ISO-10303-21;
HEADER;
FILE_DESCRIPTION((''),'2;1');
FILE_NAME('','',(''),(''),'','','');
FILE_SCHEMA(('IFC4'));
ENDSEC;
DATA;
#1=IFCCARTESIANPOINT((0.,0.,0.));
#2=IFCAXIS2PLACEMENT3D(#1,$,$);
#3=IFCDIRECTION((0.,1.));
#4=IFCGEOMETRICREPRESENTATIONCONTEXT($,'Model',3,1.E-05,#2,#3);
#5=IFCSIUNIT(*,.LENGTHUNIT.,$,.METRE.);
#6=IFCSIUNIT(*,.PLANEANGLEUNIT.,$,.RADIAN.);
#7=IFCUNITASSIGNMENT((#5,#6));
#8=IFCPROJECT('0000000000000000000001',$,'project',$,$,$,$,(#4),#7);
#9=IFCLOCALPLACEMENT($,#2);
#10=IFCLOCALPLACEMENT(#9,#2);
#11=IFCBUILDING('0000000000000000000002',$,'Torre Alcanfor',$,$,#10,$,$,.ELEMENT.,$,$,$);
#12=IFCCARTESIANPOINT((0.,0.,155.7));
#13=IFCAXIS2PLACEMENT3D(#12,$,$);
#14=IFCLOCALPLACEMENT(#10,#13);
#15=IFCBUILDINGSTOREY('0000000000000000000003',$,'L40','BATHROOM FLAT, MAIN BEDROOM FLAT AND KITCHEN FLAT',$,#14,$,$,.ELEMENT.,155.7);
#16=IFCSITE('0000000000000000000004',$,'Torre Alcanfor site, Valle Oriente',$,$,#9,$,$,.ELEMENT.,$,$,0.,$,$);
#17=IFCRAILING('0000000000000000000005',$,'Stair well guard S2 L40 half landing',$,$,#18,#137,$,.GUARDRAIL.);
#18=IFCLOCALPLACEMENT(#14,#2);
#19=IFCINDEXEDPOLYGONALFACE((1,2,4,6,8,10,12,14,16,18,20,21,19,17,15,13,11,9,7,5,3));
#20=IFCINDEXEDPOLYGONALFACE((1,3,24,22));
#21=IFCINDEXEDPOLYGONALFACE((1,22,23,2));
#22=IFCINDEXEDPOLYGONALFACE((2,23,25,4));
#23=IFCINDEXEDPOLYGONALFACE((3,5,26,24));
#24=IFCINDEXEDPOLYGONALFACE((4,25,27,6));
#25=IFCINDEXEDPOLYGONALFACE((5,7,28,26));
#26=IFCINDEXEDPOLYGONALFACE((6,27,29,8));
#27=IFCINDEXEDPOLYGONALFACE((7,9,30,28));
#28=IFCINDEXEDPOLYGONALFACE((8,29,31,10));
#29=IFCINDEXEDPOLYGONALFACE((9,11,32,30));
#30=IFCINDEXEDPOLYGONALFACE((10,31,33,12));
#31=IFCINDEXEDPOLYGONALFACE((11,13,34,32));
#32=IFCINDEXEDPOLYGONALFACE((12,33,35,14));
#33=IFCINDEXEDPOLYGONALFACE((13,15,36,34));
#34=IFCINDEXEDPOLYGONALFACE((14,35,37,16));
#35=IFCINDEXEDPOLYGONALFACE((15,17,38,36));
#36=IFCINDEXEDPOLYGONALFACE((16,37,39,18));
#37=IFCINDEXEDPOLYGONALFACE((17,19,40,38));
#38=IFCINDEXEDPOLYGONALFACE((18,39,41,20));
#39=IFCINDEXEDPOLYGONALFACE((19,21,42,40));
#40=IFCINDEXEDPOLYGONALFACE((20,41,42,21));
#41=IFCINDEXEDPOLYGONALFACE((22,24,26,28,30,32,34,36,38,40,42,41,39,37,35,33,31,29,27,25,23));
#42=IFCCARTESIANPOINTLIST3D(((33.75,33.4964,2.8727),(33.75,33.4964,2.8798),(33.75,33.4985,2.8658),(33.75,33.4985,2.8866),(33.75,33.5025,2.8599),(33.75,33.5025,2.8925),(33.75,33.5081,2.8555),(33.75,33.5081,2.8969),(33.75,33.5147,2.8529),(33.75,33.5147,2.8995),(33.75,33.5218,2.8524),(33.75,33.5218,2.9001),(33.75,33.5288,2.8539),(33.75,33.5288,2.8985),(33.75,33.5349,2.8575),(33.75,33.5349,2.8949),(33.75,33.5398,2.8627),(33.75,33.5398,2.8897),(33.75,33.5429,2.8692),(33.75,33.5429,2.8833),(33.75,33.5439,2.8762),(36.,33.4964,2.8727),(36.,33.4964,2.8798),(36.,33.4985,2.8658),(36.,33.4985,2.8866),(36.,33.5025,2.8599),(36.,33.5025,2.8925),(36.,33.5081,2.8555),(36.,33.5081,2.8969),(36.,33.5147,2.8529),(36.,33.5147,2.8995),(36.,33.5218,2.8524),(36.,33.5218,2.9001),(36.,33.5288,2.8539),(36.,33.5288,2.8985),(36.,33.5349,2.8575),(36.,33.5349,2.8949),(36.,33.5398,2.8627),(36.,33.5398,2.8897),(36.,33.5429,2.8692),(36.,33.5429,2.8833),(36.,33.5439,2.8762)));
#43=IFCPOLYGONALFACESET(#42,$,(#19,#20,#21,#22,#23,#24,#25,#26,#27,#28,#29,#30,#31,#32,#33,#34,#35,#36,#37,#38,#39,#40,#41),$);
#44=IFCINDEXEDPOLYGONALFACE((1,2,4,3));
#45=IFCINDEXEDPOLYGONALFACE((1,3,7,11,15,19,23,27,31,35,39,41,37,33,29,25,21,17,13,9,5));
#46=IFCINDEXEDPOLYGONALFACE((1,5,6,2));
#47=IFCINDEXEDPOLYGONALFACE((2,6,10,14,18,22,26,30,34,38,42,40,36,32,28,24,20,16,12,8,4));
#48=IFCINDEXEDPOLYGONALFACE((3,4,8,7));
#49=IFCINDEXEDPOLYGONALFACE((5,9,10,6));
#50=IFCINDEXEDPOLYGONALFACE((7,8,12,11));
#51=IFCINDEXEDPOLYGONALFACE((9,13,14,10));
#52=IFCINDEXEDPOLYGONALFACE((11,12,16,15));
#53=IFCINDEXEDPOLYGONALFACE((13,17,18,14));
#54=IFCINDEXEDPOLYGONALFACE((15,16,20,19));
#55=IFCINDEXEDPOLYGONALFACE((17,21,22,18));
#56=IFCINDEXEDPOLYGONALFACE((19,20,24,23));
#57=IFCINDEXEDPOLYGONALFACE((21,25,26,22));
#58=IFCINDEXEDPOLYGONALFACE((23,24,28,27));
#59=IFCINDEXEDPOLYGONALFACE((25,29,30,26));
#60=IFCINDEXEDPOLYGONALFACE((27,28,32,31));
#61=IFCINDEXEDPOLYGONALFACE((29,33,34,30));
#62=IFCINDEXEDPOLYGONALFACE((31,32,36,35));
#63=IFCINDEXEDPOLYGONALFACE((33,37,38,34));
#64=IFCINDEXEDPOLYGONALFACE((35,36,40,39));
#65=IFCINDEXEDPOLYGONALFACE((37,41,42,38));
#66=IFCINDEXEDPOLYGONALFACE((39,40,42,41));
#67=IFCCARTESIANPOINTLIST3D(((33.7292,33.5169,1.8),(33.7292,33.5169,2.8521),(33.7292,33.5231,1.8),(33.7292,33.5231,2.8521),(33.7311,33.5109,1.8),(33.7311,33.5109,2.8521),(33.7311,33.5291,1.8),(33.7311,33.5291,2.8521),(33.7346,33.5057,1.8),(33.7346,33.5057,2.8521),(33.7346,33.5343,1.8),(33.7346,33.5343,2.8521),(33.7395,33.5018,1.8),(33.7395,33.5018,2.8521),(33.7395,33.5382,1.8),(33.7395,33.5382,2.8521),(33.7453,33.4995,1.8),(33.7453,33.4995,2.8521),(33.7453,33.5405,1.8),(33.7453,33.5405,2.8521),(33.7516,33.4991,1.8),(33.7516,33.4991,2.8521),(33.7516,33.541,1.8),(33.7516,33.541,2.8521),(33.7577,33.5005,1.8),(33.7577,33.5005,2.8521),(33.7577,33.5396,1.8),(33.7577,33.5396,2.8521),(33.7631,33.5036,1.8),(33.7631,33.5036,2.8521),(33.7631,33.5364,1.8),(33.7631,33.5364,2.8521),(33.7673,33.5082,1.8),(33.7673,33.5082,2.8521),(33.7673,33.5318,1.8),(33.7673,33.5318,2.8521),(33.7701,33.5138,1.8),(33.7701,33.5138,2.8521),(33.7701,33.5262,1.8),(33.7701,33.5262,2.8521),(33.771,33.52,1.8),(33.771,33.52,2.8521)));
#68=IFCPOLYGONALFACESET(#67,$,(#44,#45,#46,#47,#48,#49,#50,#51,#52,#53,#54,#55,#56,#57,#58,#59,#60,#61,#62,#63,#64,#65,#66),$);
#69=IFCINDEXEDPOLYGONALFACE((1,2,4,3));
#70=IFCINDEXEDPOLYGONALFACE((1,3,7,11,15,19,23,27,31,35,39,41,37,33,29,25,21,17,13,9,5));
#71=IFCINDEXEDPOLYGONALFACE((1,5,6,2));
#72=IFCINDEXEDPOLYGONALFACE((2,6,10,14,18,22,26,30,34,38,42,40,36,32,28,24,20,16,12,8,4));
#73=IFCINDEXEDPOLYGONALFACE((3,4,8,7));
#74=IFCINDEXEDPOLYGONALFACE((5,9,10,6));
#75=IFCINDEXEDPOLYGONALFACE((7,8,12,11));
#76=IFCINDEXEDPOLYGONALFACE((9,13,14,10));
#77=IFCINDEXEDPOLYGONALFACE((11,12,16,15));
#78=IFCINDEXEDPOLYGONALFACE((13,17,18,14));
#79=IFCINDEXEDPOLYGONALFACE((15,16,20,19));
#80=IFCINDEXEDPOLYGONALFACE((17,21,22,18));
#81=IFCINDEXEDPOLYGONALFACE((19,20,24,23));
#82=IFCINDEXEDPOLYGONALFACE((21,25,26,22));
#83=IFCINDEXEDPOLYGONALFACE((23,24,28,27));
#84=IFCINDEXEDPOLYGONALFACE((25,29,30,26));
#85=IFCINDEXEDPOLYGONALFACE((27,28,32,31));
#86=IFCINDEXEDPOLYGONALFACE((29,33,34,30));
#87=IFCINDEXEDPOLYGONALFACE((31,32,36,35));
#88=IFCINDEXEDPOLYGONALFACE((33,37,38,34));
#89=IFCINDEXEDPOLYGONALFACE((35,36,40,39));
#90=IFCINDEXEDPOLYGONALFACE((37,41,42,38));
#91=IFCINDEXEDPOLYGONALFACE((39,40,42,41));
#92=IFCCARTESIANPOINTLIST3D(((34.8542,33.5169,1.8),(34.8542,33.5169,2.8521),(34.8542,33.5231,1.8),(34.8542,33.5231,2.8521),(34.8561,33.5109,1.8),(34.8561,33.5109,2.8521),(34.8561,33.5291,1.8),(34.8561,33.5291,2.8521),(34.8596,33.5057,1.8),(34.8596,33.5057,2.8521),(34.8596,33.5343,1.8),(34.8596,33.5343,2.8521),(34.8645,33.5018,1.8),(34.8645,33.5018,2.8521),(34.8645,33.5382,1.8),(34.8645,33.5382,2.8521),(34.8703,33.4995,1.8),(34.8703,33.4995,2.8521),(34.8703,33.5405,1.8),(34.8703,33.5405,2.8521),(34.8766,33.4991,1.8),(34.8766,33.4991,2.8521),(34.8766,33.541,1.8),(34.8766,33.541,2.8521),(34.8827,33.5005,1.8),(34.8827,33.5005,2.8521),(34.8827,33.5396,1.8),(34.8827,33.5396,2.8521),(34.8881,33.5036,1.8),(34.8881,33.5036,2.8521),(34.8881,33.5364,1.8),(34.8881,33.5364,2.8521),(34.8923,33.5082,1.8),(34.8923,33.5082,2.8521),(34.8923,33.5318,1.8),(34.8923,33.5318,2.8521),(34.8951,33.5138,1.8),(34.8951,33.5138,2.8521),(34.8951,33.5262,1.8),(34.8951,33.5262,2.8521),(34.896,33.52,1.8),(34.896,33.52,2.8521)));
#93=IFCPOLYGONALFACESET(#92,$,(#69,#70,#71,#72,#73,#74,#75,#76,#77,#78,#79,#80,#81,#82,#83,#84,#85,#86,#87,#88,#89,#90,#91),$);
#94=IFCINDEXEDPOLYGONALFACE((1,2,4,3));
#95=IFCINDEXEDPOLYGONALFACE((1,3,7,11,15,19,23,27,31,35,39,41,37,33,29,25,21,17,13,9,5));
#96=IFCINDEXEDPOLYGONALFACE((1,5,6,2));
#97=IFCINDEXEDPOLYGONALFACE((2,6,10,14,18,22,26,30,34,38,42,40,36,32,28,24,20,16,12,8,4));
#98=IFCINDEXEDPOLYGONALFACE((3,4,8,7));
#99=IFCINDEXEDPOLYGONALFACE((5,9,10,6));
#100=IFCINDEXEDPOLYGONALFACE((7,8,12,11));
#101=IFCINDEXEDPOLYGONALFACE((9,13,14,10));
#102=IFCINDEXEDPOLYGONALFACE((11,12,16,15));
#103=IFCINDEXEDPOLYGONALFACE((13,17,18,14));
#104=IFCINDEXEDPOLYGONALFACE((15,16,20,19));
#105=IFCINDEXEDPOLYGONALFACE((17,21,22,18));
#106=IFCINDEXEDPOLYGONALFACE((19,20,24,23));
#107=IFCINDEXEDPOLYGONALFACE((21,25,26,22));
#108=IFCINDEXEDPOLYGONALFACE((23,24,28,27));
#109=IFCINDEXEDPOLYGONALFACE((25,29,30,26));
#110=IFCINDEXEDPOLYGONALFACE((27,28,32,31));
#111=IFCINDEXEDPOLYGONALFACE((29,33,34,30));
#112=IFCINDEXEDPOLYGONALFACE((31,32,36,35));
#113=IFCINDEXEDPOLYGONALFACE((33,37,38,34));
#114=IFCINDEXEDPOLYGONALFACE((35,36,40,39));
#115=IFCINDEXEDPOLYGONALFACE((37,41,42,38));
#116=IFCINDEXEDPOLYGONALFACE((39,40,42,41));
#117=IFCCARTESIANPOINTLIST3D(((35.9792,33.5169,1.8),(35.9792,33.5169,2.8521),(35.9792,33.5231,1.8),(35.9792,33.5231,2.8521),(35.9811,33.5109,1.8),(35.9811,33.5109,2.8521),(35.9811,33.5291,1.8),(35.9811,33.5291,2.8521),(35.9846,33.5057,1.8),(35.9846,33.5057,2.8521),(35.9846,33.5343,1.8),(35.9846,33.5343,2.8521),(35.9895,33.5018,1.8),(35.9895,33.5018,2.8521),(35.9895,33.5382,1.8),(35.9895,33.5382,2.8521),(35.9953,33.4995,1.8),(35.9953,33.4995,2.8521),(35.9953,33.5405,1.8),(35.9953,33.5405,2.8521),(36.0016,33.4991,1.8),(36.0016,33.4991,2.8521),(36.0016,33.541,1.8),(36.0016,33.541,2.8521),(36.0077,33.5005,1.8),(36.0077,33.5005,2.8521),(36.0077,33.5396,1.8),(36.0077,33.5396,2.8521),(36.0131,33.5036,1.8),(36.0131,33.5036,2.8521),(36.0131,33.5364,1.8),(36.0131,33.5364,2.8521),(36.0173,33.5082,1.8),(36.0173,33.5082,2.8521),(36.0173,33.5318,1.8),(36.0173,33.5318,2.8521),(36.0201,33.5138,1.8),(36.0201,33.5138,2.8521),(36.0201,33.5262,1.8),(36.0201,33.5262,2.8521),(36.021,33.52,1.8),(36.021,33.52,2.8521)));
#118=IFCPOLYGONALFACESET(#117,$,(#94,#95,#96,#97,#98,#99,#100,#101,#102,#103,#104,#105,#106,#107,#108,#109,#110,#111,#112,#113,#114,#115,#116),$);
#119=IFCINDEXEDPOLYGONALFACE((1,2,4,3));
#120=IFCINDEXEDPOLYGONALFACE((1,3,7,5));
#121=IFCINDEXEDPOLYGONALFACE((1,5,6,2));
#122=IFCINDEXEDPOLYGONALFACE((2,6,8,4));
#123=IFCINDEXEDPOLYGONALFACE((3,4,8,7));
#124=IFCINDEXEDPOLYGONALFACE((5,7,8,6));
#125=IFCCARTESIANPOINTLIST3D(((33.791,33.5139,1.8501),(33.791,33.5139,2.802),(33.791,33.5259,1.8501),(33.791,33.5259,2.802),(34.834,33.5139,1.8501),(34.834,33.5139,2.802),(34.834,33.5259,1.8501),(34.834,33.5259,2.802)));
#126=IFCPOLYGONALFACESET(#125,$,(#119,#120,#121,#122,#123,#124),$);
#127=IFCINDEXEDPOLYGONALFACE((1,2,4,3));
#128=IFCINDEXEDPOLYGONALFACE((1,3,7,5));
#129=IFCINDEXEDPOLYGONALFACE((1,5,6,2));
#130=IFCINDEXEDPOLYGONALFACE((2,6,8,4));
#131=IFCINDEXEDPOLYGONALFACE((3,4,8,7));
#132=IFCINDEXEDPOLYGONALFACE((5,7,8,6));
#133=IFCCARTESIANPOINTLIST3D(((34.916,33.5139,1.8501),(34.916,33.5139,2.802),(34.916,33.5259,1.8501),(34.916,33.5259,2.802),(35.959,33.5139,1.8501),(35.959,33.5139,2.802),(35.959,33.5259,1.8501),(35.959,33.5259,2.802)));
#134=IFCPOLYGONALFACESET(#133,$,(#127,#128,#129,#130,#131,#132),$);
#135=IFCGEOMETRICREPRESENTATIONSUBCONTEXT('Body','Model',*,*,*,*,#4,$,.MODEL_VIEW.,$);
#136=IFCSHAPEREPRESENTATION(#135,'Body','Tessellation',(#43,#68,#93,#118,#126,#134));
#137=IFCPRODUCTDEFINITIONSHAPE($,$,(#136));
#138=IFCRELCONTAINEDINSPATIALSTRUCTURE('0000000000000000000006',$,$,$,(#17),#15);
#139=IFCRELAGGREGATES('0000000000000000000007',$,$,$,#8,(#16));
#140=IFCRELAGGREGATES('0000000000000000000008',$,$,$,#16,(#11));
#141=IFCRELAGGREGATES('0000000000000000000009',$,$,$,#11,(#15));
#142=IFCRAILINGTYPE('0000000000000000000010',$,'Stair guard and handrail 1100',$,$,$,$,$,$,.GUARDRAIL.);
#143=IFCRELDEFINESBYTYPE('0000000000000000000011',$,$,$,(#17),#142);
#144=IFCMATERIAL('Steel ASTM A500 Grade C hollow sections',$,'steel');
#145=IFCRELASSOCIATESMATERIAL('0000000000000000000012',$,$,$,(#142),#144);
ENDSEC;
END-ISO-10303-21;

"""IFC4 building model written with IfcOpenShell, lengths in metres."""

from ifc_helpers import new_model, si_unit, direction, frame, origin, origin_2d, place, context, subcontext, project, spatial, polyline, circle, outline, extrude, material, type_object, element, save


model = new_model("IFC4")

# Units and contexts
model_context = context("Model", 3, precision=1e-05, world=origin(), true_north=direction((0.0, 1.0)))
body_context = subcontext(model_context, "Body", "Model", "MODEL_VIEW")
ifc_project = project(units=[si_unit("LENGTHUNIT", "METRE"), si_unit("PLANEANGLEUNIT", "RADIAN")], contexts=[model_context])

# Site, building, storey
site_placement = place(None, origin())
site = spatial("IfcSite", under=ifc_project, at=site_placement, Name="Torre Alcanfor site, Valle Oriente", CompositionType="ELEMENT", RefElevation=0.0)
building_placement = place(site_placement, origin())
building = spatial("IfcBuilding", under=site, at=building_placement, Name="Torre Alcanfor", CompositionType="ELEMENT")
storey_placement = place(building_placement, frame((0.0, 0.0, 155.7)))
storey = spatial("IfcBuildingStorey", under=building, at=storey_placement, Name="L40", Description="BATHROOM FLAT, MAIN BEDROOM FLAT AND KITCHEN FLAT", CompositionType="ELEMENT", Elevation=155.7)

# Railing
ifc_material_1 = material(Name="Steel ASTM A500 Grade C hollow sections", Category="steel")
railing_type_1 = type_object("IfcRailingType", Name="Stair guard and handrail 1100", PredefinedType="GUARDRAIL", material=ifc_material_1)
for number, where, name in (
    (1, (33.75, 33.52, 1.8), "Stair well guard S2 L40 half landing"),
):
    element("IfcRailing", number, at=place(storey_placement, frame(where)), inside=storey, type_object=railing_type_1, Name=name, PredefinedType="GUARDRAIL", context=body_context, shape_type="SweptSolid", body=[
        extrude(circle(Radius=0.0239, at=origin_2d()), frame((0.0, 0.0, 1.0762), z_axis=(1.0, 0.0, 0.0), x_axis=(0.0, 1.0, 0.0)), (0.0, 0.0, 1.0), 2.25),
        extrude(circle(Radius=0.021, at=origin_2d()), origin(), (0.0, 0.0, 1.0), 1.052),
        extrude(circle(Radius=0.021, at=origin_2d()), frame((1.125, 0.0, 0.0)), (0.0, 0.0, 1.0), 1.052),
        extrude(circle(Radius=0.021, at=origin_2d()), frame((2.25, 0.0, 0.0)), (0.0, 0.0, 1.0), 1.052),
        extrude(outline(polyline([(0.041, 0.05), (1.084, 0.05), (1.084, 1.002), (0.041, 1.002), (0.041, 0.05)])), frame((0.0, 0.0059, 0.0), z_axis=(0.0, -1.0, 0.0), x_axis=(1.0, 0.0, 0.0)), (0.0, 0.0, 1.0), 0.012),
        extrude(outline(polyline([(1.166, 0.05), (2.209, 0.05), (2.209, 1.002), (1.166, 1.002), (1.166, 0.05)])), frame((0.0, 0.0059, 0.0), z_axis=(0.0, -1.0, 0.0), x_axis=(1.0, 0.0, 0.0)), (0.0, 0.0, 1.0), 0.012),
    ])

save(model, "model.ifc")
